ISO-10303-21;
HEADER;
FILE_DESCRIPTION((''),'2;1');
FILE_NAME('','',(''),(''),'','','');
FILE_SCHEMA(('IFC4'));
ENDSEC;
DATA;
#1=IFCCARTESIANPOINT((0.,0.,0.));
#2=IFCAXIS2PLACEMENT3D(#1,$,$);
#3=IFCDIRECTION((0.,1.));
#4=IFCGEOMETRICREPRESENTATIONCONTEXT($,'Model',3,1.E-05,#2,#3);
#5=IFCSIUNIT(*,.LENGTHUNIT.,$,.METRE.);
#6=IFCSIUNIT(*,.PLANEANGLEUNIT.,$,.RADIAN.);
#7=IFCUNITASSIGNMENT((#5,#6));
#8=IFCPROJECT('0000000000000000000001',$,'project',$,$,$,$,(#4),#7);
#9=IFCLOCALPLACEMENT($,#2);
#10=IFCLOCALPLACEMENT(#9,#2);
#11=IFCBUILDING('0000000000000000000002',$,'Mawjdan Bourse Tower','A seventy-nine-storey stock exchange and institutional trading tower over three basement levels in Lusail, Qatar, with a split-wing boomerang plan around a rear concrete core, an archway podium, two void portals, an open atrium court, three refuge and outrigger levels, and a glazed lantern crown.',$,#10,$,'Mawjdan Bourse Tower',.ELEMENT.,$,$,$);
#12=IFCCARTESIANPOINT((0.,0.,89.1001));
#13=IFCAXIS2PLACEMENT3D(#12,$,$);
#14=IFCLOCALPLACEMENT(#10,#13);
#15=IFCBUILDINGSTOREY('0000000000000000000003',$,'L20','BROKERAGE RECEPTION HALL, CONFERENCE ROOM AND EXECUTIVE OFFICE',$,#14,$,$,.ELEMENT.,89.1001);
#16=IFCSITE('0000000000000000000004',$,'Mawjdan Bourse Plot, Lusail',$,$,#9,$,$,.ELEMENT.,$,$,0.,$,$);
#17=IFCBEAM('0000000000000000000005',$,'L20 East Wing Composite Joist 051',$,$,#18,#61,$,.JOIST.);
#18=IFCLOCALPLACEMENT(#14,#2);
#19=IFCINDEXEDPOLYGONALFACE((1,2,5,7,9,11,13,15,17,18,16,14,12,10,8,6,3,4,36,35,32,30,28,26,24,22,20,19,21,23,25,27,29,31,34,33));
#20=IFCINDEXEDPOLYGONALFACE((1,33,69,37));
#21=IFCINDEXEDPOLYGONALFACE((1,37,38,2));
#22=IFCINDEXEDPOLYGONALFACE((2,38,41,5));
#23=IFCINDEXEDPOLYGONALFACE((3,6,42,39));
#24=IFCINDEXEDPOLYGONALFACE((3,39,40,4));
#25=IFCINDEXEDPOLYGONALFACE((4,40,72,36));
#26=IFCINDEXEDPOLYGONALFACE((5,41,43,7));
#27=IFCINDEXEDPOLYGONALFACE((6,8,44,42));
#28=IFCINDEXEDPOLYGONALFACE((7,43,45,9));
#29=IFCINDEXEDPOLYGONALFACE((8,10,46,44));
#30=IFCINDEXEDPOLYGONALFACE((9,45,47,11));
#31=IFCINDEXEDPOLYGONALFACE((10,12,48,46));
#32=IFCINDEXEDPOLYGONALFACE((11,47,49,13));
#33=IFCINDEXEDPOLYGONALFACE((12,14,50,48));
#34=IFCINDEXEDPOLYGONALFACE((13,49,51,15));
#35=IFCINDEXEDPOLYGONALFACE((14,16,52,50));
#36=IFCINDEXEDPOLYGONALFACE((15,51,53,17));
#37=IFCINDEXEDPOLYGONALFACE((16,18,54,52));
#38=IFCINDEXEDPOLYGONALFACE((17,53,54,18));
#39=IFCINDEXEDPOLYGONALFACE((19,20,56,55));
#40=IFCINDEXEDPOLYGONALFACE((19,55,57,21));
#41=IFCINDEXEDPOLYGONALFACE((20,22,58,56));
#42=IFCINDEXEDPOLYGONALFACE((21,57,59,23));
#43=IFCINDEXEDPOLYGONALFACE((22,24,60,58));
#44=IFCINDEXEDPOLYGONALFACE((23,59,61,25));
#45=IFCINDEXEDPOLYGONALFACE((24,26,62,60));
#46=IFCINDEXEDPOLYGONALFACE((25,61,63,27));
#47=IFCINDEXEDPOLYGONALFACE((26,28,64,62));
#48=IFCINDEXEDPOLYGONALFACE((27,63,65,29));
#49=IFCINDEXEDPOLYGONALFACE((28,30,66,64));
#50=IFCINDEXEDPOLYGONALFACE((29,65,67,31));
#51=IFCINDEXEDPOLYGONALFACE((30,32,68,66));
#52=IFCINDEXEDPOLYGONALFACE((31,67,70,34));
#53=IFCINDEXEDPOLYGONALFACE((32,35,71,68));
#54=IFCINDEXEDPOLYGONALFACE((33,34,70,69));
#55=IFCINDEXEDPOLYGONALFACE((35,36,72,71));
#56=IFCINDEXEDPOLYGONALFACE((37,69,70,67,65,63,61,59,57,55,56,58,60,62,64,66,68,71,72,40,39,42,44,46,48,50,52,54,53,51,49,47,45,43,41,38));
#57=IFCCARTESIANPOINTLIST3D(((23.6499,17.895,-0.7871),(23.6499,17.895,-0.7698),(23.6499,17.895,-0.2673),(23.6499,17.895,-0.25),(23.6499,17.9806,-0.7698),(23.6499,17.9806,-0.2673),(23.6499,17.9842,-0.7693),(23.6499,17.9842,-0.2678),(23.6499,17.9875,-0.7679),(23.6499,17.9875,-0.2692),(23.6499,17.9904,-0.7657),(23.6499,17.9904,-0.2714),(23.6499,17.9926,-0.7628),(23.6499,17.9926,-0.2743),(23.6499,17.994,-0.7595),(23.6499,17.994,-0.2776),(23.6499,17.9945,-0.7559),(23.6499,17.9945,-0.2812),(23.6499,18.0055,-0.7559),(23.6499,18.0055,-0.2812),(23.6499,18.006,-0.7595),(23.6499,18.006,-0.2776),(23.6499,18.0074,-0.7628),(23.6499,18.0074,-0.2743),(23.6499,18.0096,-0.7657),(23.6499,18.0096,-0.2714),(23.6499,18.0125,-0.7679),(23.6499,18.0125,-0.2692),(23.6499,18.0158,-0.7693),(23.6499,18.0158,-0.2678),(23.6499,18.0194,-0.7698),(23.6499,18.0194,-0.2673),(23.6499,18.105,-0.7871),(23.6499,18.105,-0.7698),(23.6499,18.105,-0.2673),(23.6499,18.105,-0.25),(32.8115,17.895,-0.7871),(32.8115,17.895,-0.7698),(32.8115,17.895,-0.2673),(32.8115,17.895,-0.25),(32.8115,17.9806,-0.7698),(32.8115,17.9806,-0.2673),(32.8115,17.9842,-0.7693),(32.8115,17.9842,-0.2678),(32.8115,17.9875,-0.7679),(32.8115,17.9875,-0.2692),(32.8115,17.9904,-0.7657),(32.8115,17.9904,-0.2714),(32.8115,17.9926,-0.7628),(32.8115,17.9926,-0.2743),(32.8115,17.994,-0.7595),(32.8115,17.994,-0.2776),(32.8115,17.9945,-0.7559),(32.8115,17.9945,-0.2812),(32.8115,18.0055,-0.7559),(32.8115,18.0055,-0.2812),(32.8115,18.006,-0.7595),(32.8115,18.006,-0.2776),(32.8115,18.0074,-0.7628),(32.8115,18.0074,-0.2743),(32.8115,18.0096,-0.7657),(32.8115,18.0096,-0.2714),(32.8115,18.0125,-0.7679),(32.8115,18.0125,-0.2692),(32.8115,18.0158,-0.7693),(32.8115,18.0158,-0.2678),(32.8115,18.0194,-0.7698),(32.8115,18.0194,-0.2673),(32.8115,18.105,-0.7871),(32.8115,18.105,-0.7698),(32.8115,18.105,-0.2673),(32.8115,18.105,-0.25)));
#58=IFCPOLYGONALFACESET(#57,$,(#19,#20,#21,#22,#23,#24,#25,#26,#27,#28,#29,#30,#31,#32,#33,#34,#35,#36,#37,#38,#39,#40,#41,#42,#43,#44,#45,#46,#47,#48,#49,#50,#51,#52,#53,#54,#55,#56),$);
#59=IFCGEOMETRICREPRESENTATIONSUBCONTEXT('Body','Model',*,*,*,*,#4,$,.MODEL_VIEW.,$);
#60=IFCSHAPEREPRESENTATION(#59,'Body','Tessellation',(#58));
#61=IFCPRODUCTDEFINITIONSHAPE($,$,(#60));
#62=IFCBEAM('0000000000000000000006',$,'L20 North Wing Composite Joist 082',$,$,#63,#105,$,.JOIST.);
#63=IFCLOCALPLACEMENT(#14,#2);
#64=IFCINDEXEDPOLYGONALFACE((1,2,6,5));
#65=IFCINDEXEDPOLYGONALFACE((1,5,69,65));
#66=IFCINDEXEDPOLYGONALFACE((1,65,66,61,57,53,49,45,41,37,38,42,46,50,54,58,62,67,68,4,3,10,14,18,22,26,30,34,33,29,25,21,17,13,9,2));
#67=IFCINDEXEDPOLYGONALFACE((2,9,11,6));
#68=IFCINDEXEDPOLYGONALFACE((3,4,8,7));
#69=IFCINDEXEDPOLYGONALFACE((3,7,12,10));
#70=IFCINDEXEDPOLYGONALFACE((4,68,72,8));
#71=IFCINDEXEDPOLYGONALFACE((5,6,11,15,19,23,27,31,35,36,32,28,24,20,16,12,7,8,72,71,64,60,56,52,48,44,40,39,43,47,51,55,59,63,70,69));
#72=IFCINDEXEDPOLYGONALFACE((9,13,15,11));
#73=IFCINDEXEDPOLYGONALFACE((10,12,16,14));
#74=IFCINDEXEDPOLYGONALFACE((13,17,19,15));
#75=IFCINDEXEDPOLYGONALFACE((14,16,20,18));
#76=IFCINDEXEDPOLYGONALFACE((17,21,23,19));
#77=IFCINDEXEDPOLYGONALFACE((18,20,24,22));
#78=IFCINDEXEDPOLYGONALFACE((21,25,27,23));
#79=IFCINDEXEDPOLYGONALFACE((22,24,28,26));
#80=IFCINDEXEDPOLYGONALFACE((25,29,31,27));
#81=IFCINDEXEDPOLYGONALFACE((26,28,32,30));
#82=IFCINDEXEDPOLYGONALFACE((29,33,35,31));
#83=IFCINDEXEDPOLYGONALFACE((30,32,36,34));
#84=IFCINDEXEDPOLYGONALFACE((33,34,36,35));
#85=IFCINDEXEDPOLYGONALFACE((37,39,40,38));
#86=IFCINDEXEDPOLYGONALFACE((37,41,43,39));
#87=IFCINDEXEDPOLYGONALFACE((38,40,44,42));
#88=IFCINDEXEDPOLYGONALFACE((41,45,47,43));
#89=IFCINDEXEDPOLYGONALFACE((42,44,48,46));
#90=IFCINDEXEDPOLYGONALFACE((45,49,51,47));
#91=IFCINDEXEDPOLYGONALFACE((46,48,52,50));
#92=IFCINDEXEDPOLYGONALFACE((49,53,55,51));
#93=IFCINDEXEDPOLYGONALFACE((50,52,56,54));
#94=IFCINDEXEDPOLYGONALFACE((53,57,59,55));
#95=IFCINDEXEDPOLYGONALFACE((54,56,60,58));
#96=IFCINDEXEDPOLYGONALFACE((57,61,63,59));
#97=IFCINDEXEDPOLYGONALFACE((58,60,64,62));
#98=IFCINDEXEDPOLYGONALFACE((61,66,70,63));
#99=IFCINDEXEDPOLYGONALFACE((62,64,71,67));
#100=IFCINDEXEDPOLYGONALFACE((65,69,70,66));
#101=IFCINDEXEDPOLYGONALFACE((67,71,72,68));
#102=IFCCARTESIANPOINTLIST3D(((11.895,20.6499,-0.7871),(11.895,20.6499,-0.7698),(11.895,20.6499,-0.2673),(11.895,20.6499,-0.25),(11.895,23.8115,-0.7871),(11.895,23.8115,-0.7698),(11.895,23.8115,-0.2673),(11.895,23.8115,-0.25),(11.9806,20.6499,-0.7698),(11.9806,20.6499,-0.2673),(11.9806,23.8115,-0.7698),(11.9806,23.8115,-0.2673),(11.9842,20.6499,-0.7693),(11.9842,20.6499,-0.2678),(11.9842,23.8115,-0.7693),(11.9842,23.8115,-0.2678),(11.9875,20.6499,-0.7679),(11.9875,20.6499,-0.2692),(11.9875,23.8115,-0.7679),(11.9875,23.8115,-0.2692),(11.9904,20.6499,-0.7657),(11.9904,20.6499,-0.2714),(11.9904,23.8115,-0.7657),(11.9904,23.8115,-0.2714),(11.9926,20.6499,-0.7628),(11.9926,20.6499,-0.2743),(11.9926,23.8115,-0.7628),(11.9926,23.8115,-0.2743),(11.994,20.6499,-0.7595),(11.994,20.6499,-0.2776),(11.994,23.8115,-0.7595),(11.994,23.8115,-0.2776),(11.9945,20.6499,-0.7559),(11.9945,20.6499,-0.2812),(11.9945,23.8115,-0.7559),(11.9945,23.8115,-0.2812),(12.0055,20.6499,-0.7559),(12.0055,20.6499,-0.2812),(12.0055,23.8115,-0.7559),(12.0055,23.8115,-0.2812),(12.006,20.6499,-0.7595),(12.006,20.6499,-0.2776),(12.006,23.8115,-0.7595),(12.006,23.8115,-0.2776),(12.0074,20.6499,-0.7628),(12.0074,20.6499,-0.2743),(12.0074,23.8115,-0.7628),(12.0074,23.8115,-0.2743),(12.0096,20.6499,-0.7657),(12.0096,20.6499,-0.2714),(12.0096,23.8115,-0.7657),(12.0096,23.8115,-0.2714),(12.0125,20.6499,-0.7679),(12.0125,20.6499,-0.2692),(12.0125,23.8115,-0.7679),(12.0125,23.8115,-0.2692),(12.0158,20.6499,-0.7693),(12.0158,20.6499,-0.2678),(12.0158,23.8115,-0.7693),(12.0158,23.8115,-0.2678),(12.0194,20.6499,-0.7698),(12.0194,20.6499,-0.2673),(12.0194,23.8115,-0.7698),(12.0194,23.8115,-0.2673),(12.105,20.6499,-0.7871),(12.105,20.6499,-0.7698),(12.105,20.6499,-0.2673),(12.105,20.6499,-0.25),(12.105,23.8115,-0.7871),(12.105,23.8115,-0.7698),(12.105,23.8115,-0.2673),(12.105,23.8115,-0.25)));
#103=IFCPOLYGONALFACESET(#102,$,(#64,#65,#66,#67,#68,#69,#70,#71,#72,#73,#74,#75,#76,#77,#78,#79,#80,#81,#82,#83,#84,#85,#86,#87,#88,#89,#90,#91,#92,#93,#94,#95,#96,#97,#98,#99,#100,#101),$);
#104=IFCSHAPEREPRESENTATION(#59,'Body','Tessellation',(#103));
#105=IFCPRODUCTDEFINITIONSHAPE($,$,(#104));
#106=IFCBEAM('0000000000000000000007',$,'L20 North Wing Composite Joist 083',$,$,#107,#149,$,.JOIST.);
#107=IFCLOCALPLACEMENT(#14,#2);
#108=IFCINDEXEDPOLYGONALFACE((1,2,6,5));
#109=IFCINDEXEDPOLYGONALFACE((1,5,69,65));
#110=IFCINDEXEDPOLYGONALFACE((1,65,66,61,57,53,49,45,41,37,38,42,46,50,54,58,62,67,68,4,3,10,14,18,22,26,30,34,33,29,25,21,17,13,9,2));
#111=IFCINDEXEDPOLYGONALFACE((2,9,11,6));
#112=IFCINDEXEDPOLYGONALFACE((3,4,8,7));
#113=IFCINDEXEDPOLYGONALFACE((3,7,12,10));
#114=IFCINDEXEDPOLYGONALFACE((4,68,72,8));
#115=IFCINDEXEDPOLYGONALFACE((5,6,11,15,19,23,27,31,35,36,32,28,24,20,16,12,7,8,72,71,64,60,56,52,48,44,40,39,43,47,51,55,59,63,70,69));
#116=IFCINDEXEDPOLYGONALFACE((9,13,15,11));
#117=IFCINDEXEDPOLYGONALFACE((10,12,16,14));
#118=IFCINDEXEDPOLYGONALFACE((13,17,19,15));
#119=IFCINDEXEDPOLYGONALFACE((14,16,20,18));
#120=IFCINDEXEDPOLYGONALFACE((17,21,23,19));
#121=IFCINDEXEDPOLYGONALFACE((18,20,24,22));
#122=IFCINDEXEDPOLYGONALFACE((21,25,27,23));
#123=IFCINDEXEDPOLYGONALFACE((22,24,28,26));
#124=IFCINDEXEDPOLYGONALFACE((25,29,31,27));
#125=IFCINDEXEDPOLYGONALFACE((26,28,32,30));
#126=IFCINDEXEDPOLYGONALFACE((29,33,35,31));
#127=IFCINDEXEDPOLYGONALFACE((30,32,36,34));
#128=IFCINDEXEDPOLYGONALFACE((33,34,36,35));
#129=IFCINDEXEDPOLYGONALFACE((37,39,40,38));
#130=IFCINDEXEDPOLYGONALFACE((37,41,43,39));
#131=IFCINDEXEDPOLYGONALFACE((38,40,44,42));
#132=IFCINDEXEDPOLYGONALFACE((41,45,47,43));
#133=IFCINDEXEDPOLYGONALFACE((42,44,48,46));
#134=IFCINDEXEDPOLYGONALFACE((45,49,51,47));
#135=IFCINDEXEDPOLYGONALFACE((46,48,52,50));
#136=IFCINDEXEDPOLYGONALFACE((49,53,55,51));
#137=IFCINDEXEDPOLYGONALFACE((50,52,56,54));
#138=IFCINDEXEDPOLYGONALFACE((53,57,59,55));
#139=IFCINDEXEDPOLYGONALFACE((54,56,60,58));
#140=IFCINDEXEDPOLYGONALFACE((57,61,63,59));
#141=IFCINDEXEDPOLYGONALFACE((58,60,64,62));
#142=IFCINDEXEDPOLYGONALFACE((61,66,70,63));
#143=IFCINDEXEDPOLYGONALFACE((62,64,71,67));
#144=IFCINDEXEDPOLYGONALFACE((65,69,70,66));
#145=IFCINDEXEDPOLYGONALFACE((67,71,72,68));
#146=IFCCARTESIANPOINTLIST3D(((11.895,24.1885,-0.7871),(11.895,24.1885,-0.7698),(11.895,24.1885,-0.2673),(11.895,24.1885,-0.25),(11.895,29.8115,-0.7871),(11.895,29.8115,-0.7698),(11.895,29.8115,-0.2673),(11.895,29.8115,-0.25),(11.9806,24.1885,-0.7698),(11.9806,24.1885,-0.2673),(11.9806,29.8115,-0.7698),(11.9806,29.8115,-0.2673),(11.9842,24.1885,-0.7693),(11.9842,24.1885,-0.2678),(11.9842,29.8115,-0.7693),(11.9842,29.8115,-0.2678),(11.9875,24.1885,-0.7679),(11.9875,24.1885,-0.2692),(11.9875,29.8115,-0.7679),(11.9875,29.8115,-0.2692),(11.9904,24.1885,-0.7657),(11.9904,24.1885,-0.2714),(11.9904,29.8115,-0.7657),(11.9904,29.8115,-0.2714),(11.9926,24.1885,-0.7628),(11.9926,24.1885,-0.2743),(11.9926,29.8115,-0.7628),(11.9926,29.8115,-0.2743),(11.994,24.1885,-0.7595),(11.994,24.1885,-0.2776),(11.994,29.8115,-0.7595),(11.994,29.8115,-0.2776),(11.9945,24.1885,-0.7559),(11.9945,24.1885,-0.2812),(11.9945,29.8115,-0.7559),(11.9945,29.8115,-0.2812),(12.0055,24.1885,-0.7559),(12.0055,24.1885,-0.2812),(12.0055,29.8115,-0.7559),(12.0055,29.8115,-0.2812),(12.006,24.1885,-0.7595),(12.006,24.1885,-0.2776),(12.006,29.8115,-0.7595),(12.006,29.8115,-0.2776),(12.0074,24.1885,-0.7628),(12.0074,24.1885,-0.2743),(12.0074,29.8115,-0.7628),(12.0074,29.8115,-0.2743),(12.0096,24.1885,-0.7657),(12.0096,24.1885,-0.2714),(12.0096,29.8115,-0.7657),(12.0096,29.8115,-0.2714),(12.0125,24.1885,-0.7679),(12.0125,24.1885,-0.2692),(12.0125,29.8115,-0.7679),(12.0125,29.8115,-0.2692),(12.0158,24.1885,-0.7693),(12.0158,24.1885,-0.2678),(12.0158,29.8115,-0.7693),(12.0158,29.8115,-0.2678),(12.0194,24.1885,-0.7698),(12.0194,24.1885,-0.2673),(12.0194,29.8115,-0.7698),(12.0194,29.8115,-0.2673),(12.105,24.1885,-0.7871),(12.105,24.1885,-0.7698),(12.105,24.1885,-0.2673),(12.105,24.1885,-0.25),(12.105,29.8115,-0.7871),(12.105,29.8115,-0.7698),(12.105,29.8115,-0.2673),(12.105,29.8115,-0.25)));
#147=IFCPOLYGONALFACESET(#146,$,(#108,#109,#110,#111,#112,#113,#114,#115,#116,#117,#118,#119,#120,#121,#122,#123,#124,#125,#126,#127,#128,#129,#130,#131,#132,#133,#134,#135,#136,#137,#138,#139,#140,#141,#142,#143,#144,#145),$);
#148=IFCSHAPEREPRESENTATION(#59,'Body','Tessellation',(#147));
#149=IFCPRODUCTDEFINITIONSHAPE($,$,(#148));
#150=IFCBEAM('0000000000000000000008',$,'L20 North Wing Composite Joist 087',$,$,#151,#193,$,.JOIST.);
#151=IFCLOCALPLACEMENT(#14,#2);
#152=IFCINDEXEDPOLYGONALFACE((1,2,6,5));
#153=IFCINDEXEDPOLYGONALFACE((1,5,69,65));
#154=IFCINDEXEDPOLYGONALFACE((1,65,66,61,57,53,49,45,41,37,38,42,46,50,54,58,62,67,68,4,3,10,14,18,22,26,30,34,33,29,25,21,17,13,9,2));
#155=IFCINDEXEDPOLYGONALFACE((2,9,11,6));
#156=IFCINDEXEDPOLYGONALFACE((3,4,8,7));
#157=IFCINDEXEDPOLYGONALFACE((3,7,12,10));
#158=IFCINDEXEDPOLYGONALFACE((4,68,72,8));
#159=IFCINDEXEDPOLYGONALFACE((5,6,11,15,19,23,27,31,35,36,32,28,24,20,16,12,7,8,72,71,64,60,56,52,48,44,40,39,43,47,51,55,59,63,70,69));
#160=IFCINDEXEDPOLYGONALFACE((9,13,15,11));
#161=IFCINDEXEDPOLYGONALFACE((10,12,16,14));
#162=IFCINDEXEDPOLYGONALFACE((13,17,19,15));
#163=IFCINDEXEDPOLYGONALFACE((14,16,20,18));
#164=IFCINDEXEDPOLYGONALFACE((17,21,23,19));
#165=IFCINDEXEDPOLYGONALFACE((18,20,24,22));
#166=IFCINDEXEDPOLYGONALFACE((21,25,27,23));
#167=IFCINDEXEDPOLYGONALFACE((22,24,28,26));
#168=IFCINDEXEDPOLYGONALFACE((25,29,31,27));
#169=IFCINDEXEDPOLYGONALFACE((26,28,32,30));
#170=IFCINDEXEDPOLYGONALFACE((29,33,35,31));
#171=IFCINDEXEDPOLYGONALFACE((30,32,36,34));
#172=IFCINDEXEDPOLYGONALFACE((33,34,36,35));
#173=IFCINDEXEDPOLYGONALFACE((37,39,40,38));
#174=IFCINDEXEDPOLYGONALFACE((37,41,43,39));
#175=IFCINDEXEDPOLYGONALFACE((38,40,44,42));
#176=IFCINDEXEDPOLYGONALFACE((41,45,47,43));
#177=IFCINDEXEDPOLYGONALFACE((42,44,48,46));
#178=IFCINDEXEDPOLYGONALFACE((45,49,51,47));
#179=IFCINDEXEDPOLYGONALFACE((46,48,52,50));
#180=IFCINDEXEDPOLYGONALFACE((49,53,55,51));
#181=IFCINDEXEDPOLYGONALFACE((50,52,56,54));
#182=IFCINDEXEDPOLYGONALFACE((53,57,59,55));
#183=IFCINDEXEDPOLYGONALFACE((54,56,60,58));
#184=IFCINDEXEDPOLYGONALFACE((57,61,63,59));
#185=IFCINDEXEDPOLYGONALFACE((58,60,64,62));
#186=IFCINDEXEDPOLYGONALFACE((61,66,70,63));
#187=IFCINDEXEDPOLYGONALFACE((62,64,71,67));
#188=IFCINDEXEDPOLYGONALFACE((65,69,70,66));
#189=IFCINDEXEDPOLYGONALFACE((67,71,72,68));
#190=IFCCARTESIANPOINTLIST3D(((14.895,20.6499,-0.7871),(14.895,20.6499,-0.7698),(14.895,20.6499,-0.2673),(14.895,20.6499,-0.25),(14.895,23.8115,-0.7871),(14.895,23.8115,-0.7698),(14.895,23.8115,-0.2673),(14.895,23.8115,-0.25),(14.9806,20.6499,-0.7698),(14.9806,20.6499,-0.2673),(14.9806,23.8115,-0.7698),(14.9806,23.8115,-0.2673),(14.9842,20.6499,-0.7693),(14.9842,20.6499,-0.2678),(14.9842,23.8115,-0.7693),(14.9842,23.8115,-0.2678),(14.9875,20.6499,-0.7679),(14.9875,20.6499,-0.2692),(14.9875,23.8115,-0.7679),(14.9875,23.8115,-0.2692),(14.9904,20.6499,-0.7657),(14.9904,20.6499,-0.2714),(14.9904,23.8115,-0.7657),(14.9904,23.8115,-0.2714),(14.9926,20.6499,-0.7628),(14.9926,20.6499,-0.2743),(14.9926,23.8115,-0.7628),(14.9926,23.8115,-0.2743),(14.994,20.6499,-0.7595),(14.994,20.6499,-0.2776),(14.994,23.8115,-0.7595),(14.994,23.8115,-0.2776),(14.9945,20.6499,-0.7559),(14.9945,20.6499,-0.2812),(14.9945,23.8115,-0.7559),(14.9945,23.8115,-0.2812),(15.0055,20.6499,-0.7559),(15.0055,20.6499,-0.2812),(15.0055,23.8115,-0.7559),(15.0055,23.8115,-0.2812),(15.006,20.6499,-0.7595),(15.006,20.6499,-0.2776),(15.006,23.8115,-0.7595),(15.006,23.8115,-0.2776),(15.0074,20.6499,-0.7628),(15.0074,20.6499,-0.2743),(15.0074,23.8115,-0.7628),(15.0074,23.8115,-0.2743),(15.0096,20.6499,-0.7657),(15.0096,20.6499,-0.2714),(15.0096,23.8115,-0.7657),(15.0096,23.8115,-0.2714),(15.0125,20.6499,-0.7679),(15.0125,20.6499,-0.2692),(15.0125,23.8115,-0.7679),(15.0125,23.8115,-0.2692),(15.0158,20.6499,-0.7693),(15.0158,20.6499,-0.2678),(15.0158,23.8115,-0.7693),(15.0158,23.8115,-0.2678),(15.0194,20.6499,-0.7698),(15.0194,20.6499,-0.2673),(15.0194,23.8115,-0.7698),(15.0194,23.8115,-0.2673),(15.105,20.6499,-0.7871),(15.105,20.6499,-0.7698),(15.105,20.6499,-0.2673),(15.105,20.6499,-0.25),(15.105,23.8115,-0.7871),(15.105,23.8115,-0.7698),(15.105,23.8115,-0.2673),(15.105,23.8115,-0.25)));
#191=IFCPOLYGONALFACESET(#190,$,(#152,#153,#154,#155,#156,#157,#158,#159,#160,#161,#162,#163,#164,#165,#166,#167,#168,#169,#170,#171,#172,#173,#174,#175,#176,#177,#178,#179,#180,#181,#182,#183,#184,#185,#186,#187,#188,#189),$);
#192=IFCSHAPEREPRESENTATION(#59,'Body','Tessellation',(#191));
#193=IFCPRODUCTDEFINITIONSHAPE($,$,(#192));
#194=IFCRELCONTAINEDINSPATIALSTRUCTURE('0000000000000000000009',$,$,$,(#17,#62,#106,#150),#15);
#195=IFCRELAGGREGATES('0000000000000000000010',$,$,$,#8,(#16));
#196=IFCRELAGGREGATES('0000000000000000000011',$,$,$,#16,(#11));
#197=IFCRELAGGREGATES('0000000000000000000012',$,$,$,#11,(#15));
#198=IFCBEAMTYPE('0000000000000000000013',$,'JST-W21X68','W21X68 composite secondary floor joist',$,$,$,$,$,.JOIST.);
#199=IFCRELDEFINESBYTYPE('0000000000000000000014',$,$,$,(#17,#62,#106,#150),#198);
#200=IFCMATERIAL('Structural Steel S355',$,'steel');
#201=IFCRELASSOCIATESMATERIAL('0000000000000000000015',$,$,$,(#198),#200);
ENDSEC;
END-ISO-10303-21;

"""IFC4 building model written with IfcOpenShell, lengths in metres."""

from ifc_helpers import new_model, si_unit, direction, frame, origin, origin_2d, place, context, subcontext, project, spatial, i_section, extrude, material, material_profile, profile_set, type_object, element, save


model = new_model("IFC4")

# Units and contexts
model_context = context("Model", 3, precision=1e-05, world=origin(), true_north=direction((0.0, 1.0)))
body_context = subcontext(model_context, "Body", "Model", "MODEL_VIEW")
ifc_project = project(units=[si_unit("LENGTHUNIT", "METRE"), si_unit("PLANEANGLEUNIT", "RADIAN")], contexts=[model_context])

# Site, building, storey
site_placement = place(None, origin())
site = spatial("IfcSite", under=ifc_project, at=site_placement, Name="Mawjdan Bourse Plot, Lusail", CompositionType="ELEMENT", RefElevation=0.0)
building_placement = place(site_placement, origin())
building = spatial("IfcBuilding", under=site, at=building_placement, Name="Mawjdan Bourse Tower", Description="A seventy-nine-storey stock exchange and institutional trading tower over three basement levels in Lusail, Qatar, with a split-wing boomerang plan around a rear concrete core, an archway podium, two void portals, an open atrium court, three refuge and outrigger levels, and a glazed lantern crown.", LongName="Mawjdan Bourse Tower", CompositionType="ELEMENT")
storey_placement = place(building_placement, frame((0.0, 0.0, 89.1001)))
storey = spatial("IfcBuildingStorey", under=building, at=storey_placement, Name="L20", Description="BROKERAGE RECEPTION HALL, CONFERENCE ROOM AND EXECUTIVE OFFICE", CompositionType="ELEMENT", Elevation=89.1001)

# Beams
ifc_material_1 = material(Name="Structural Steel S355", Category="steel")
ifc_material_profile_1 = material_profile(ifc_material_1, i_section(OverallWidth=0.21, OverallDepth=0.5371, WebThickness=0.011, FlangeThickness=0.0173, FilletRadius=0.0139, at=origin_2d()), Name="W21X68")
ifc_profile_set_1 = profile_set([ifc_material_profile_1], Name="Structural Steel S355")
beam_type_1 = type_object("IfcBeamType", Name="JST-W21X68", Description="W21X68 composite secondary floor joist", PredefinedType="JOIST", material=ifc_profile_set_1)
beam_1_placement = place(storey_placement, frame((23.6499, 18.0, -0.5186), z_axis=(1.0, 0.0, 0.0), x_axis=(0.0, 1.0, 0.0)))
element("IfcBeam", 1, at=beam_1_placement, inside=storey, type_object=beam_type_1, Name="L20 East Wing Composite Joist 051", PredefinedType="JOIST", context=body_context, shape_type="SweptSolid", body=[
    extrude(i_section(OverallWidth=0.21, OverallDepth=0.5371, WebThickness=0.011, FlangeThickness=0.0173, FilletRadius=0.0139, at=origin_2d()), origin(), (0.0, 0.0, 1.0), 9.1616),
])
beam_2_placement = place(storey_placement, frame((12.0, 20.6499, -0.5186), z_axis=(0.0, 1.0, 0.0), x_axis=(-1.0, 0.0, 0.0)))
element("IfcBeam", 2, at=beam_2_placement, inside=storey, type_object=beam_type_1, Name="L20 North Wing Composite Joist 082", PredefinedType="JOIST", context=body_context, shape_type="SweptSolid", body=[
    extrude(i_section(OverallWidth=0.21, OverallDepth=0.5371, WebThickness=0.011, FlangeThickness=0.0173, FilletRadius=0.0139, at=origin_2d()), origin(), (0.0, 0.0, 1.0), 3.1616),
])
beam_3_placement = place(storey_placement, frame((12.0, 24.1885, -0.5186), z_axis=(0.0, 1.0, 0.0), x_axis=(-1.0, 0.0, 0.0)))
element("IfcBeam", 3, at=beam_3_placement, inside=storey, type_object=beam_type_1, Name="L20 North Wing Composite Joist 083", PredefinedType="JOIST", context=body_context, shape_type="SweptSolid", body=[
    extrude(i_section(OverallWidth=0.21, OverallDepth=0.5371, WebThickness=0.011, FlangeThickness=0.0173, FilletRadius=0.0139, at=origin_2d()), origin(), (0.0, 0.0, 1.0), 5.623),
])
beam_4_placement = place(storey_placement, frame((15.0, 20.6499, -0.5186), z_axis=(0.0, 1.0, 0.0), x_axis=(-1.0, 0.0, 0.0)))
element("IfcBeam", 4, at=beam_4_placement, inside=storey, type_object=beam_type_1, Name="L20 North Wing Composite Joist 087", PredefinedType="JOIST", context=body_context, shape_type="SweptSolid", body=[
    extrude(i_section(OverallWidth=0.21, OverallDepth=0.5371, WebThickness=0.011, FlangeThickness=0.0173, FilletRadius=0.0139, at=origin_2d()), origin(), (0.0, 0.0, 1.0), 3.1616),
])

save(model, "model.ifc")
